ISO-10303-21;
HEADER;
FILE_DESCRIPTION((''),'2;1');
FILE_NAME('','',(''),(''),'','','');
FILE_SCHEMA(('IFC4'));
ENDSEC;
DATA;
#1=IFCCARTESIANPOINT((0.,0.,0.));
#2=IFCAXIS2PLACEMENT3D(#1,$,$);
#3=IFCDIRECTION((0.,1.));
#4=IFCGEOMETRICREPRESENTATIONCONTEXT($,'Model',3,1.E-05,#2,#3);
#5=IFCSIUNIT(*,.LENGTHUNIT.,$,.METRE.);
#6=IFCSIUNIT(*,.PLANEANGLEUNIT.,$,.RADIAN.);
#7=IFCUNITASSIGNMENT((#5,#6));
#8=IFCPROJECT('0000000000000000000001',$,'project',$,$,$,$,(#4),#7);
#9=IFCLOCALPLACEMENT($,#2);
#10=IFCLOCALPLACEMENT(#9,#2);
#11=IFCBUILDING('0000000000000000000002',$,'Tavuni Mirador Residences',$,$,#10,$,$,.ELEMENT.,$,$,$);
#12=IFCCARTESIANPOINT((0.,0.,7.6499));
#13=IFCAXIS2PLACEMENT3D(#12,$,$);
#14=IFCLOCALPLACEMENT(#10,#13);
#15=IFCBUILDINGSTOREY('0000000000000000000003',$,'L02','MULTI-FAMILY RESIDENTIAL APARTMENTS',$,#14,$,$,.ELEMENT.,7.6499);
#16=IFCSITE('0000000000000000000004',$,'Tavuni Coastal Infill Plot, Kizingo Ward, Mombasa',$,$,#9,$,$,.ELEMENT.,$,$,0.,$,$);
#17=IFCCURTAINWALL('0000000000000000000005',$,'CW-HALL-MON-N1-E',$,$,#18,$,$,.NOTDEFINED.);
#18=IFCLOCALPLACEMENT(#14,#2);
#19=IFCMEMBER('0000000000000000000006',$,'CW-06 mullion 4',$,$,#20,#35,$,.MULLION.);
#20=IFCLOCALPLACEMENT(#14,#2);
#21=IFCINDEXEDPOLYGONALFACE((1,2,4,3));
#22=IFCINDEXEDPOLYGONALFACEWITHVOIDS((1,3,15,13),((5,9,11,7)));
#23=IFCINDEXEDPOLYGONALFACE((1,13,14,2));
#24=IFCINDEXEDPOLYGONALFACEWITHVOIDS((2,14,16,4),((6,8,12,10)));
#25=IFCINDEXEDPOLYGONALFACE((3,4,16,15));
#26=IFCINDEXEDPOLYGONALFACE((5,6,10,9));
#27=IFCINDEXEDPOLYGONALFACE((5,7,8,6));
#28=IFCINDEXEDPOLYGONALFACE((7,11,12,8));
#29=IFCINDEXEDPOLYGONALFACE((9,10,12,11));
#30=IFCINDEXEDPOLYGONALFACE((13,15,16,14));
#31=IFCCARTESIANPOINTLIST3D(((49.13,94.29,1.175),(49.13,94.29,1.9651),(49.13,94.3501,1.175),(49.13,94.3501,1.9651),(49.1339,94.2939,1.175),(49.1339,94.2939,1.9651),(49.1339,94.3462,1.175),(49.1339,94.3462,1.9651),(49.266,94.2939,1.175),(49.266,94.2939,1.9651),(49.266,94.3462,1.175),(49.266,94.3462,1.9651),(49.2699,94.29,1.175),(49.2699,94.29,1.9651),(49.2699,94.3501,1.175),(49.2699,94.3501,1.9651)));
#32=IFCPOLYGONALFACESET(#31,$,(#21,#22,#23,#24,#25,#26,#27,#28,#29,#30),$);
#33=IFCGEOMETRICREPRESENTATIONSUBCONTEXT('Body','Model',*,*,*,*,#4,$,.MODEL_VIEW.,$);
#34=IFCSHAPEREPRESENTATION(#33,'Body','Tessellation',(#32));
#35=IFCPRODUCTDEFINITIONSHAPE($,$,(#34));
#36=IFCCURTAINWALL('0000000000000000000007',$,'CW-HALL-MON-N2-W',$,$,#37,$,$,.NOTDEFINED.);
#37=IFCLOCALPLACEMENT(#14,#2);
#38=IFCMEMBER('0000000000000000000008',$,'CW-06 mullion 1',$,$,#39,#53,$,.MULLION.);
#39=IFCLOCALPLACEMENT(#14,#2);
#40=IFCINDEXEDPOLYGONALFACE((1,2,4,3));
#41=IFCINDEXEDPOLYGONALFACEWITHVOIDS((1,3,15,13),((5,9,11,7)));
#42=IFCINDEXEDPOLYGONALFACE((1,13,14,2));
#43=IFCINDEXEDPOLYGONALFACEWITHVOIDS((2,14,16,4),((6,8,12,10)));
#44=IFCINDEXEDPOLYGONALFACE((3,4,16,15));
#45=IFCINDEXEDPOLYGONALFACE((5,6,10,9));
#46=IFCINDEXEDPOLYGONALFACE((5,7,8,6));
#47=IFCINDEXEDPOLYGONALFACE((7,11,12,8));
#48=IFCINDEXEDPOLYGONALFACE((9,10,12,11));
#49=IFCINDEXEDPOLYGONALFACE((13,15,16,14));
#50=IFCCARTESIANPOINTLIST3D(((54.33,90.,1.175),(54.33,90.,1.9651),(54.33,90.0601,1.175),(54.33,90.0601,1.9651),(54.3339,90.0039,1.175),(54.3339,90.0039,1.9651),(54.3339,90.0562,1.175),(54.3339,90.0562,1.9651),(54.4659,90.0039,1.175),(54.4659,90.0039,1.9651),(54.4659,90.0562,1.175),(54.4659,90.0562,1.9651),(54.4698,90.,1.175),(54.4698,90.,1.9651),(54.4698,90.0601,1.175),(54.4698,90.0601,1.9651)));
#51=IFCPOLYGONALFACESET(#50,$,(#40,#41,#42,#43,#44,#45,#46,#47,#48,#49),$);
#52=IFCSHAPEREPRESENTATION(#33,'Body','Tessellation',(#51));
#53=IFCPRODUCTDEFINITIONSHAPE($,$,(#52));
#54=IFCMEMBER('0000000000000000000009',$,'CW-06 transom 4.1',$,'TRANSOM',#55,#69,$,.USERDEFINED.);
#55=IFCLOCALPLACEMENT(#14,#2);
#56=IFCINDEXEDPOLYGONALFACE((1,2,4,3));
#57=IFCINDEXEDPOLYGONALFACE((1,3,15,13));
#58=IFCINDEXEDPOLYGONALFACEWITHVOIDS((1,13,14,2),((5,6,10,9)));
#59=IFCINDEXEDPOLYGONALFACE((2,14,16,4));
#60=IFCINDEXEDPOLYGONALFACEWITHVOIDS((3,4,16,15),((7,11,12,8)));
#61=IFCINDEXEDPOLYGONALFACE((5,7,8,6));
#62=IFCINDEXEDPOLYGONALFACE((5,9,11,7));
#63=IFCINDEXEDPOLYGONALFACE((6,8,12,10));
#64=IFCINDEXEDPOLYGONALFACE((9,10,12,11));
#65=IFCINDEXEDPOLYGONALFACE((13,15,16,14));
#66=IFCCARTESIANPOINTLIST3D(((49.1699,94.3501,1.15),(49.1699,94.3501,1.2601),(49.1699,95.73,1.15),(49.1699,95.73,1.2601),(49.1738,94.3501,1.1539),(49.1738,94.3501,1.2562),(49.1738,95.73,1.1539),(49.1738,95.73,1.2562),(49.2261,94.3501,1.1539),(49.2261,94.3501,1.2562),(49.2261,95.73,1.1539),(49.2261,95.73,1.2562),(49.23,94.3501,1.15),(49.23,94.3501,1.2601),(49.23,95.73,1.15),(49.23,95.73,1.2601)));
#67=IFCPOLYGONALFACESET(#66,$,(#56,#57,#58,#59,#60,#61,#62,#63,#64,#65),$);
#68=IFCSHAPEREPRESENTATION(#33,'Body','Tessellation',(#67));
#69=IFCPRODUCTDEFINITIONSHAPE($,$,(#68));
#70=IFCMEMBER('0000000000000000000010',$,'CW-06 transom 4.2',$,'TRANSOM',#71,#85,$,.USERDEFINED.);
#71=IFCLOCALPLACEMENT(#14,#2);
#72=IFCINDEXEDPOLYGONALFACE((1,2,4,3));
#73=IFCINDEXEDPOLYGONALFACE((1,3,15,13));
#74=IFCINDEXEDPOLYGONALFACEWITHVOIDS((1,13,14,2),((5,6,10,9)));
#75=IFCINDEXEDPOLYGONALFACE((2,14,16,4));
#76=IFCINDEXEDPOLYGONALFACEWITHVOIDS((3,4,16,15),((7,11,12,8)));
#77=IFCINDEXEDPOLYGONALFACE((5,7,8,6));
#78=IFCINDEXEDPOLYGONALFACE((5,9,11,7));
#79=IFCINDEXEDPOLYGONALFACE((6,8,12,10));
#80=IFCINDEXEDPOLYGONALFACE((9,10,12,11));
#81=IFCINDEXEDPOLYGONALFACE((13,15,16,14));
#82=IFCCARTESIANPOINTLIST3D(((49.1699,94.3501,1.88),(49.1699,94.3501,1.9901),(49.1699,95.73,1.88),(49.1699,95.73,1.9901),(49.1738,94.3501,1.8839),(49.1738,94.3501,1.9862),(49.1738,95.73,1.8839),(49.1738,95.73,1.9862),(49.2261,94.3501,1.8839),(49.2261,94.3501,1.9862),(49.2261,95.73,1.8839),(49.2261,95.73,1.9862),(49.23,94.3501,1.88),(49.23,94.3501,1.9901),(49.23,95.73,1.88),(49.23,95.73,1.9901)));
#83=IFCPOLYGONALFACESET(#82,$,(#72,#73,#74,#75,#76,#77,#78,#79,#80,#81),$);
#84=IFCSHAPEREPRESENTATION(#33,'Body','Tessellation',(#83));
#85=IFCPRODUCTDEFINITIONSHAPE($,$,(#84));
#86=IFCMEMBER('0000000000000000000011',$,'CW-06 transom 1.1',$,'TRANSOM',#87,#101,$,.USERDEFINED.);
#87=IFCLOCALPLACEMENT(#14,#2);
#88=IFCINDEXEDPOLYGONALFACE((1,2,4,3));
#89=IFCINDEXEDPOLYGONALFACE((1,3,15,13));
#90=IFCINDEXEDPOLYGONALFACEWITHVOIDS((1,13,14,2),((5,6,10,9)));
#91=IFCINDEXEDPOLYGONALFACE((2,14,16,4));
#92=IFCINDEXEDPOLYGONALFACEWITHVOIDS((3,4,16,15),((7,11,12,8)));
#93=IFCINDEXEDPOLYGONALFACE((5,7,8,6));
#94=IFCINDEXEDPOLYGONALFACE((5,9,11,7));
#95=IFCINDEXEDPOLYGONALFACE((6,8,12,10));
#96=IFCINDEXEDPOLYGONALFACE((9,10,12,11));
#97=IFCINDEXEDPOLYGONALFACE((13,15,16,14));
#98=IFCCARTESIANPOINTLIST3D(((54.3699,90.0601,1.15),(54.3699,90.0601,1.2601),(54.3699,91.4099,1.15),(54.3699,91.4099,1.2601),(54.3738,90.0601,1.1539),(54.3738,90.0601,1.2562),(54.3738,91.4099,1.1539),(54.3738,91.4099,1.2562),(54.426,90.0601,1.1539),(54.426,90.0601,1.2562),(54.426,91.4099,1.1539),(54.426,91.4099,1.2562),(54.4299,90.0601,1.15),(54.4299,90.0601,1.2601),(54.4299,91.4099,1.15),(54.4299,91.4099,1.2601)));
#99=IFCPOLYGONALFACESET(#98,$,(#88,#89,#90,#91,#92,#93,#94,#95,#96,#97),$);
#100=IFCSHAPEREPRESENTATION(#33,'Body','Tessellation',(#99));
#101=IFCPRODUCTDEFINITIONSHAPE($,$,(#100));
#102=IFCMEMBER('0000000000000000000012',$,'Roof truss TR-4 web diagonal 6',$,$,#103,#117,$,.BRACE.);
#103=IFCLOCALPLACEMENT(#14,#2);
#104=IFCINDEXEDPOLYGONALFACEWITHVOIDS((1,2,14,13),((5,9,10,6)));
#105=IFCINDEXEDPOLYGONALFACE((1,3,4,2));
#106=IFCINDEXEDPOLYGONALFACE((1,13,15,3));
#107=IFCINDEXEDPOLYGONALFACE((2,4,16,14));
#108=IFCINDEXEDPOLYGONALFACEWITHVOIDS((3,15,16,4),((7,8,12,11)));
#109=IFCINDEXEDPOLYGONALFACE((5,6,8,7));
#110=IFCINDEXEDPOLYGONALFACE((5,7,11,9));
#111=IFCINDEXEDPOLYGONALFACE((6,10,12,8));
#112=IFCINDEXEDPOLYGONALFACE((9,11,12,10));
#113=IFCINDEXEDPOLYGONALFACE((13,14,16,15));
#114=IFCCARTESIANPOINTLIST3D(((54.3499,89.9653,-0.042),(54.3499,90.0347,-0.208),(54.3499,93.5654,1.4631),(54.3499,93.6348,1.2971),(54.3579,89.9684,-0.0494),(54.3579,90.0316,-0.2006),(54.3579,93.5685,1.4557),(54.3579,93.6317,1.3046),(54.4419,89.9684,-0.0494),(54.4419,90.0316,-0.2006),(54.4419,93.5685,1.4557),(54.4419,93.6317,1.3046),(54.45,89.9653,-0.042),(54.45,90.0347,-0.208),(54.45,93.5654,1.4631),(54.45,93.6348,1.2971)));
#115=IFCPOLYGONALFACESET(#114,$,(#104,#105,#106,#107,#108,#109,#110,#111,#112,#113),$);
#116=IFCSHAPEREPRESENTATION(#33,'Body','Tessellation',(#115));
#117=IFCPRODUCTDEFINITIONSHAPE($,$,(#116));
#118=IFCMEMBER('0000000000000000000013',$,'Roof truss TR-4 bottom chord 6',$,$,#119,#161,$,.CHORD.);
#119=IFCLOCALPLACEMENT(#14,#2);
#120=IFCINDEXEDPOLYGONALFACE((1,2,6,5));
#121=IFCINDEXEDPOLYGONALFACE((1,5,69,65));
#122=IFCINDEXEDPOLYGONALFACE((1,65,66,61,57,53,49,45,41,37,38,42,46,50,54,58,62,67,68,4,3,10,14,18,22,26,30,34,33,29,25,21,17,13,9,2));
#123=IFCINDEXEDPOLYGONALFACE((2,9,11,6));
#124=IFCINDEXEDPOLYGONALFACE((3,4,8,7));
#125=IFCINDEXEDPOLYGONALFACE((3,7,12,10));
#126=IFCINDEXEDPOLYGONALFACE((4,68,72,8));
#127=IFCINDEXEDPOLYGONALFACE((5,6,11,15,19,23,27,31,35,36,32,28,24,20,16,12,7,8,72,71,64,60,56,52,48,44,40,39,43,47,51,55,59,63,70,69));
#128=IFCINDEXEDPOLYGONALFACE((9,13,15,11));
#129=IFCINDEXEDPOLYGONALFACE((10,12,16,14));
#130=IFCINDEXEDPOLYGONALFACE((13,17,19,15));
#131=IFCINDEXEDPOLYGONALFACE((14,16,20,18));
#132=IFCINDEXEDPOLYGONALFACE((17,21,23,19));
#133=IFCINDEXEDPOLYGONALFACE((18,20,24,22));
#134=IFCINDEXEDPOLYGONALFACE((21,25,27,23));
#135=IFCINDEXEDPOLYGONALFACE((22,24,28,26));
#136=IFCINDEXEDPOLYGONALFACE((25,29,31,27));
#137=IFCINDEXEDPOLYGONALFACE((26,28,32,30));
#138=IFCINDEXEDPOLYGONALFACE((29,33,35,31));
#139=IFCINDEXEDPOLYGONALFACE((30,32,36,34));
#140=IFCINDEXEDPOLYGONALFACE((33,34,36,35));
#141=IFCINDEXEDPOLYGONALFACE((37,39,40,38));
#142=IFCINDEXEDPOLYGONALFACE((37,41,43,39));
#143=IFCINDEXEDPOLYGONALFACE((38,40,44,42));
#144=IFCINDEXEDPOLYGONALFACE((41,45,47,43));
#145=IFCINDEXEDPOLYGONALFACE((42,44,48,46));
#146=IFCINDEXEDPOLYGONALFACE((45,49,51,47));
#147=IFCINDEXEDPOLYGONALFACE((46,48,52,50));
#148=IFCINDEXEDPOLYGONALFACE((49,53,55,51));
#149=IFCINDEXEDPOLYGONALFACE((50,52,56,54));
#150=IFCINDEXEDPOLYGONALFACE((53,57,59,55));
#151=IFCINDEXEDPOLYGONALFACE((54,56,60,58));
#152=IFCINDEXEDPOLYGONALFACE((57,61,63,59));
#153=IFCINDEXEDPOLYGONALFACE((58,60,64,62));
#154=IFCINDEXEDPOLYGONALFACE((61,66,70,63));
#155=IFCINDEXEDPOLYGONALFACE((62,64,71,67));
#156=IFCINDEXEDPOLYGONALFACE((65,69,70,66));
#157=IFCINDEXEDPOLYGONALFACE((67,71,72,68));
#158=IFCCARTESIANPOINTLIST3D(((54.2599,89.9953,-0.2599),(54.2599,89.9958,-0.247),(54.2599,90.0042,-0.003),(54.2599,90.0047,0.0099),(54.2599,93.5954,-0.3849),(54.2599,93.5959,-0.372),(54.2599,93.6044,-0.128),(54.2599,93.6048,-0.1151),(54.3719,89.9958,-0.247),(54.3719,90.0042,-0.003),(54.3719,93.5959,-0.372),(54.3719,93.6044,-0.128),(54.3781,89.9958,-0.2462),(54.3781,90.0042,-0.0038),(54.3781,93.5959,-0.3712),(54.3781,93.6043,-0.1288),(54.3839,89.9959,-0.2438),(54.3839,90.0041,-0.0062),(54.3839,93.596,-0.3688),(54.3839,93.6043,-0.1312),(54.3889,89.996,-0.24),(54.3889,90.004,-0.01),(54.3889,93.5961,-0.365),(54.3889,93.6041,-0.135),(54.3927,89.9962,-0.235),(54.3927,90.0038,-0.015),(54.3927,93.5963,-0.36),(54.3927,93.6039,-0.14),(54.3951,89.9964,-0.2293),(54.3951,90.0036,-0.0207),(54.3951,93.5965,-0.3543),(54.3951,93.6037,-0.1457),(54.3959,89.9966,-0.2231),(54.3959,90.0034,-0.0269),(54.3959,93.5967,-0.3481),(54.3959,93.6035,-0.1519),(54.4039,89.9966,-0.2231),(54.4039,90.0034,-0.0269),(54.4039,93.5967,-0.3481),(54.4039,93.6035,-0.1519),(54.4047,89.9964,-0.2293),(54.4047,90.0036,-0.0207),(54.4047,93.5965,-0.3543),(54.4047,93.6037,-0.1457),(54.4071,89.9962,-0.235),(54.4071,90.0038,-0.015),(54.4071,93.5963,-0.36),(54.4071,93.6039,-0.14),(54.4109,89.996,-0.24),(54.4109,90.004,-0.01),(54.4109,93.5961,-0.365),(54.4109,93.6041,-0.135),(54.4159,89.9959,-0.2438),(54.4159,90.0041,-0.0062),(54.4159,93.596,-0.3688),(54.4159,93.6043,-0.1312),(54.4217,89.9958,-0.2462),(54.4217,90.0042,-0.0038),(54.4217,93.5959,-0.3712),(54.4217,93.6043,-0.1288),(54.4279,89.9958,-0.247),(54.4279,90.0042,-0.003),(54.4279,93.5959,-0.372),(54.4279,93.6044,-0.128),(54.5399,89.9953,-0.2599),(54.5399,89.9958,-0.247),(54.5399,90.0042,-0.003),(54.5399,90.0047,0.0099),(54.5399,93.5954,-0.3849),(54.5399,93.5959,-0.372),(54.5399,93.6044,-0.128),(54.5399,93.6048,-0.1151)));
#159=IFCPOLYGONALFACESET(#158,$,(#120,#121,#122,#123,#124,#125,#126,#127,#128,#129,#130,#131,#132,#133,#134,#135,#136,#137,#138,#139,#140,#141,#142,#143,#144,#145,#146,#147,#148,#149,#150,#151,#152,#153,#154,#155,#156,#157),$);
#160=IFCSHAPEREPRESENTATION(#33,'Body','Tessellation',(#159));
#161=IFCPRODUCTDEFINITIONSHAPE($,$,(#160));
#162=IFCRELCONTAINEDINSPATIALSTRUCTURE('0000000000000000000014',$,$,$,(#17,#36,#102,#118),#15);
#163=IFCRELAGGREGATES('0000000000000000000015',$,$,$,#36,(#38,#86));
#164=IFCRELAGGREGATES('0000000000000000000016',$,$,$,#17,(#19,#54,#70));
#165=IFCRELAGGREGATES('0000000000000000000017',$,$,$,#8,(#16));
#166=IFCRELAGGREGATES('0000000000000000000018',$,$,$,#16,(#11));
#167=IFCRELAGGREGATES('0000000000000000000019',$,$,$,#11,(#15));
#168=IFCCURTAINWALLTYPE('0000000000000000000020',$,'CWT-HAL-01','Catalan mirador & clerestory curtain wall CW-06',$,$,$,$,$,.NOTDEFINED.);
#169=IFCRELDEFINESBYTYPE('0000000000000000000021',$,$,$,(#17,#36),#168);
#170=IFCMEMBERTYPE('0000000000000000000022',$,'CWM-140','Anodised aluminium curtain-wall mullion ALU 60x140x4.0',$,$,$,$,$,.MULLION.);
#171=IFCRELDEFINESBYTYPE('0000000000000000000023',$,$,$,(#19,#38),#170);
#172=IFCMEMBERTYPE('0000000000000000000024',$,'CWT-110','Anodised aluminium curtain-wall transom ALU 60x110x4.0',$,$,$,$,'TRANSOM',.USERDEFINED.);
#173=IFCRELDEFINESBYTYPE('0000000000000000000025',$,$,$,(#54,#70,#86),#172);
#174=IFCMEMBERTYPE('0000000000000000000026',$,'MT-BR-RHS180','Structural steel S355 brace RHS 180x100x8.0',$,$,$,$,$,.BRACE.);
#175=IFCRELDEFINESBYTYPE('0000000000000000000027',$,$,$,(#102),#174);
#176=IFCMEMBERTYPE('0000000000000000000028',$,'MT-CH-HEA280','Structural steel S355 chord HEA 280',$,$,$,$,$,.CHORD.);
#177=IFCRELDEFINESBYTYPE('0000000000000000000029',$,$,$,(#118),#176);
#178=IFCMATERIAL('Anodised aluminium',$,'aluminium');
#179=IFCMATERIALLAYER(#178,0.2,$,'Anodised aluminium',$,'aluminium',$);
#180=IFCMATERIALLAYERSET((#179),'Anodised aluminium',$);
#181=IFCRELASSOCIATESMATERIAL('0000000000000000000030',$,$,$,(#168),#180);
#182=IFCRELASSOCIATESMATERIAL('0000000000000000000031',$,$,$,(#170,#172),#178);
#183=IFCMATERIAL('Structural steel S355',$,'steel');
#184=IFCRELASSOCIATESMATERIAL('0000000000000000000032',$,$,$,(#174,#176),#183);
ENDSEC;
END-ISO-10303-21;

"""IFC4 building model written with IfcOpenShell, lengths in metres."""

from ifc_helpers import new_model, si_unit, direction, frame, origin, origin_2d, place, context, subcontext, project, spatial, hollow_rectangle, i_section, extrude, material, layer, layer_set, material_profile, profile_set, type_object, element, aggregate, save


model = new_model("IFC4")

# Units and contexts
model_context = context("Model", 3, precision=1e-05, world=origin(), true_north=direction((0.0, 1.0)))
body_context = subcontext(model_context, "Body", "Model", "MODEL_VIEW")
ifc_project = project(units=[si_unit("LENGTHUNIT", "METRE"), si_unit("PLANEANGLEUNIT", "RADIAN")], contexts=[model_context])

# Site, building, storey
site_placement = place(None, origin())
site = spatial("IfcSite", under=ifc_project, at=site_placement, Name="Tavuni Coastal Infill Plot, Kizingo Ward, Mombasa", CompositionType="ELEMENT", RefElevation=0.0)
building_placement = place(site_placement, origin())
building = spatial("IfcBuilding", under=site, at=building_placement, Name="Tavuni Mirador Residences", CompositionType="ELEMENT")
storey_placement = place(building_placement, frame((0.0, 0.0, 7.6499)))
storey = spatial("IfcBuildingStorey", under=building, at=storey_placement, Name="L02", Description="MULTI-FAMILY RESIDENTIAL APARTMENTS", CompositionType="ELEMENT", Elevation=7.6499)

# Curtain walls, members
ifc_material_1 = material(Name="Anodised aluminium", Category="aluminium")
ifc_layer_1 = layer(ifc_material_1, 0.2, Name="Anodised aluminium", Category="aluminium")
ifc_layer_set_1 = layer_set([ifc_layer_1], Name="Anodised aluminium")
curtain_wall_type = type_object("IfcCurtainWallType", Name="CWT-HAL-01", Description="Catalan mirador & clerestory curtain wall CW-06", PredefinedType="NOTDEFINED", material=ifc_layer_set_1)
curtain_wall_1_placement = place(storey_placement, origin())
curtain_wall_1 = element("IfcCurtainWall", 1, at=curtain_wall_1_placement, inside=storey, type_object=curtain_wall_type, Name="CW-HALL-MON-N1-E", PredefinedType="NOTDEFINED")
ifc_material_profile_1 = material_profile(ifc_material_1, hollow_rectangle(XDim=0.0601, YDim=0.1399, WallThickness=0.0039, at=origin_2d()), Name="ALU 60x140x4.0", Category="aluminium")
ifc_profile_set_1 = profile_set([ifc_material_profile_1], Name="Anodised aluminium")
member_type_1 = type_object("IfcMemberType", Name="CWM-140", Description="Anodised aluminium curtain-wall mullion ALU 60x140x4.0", PredefinedType="MULLION", material=ifc_profile_set_1)
member_1_placement = place(storey_placement, frame((49.2, 94.3201, 1.175), z_axis=(0.0, 0.0, 1.0), x_axis=(0.0, 1.0, 0.0)))
member_1 = element("IfcMember", 2, at=member_1_placement, type_object=member_type_1, Name="CW-06 mullion 4", PredefinedType="MULLION", context=body_context, shape_type="SweptSolid", body=[
    extrude(hollow_rectangle(XDim=0.0601, YDim=0.1399, WallThickness=0.0039, at=origin_2d()), origin(), (0.0, 0.0, 1.0), 0.79),
])
curtain_wall_2_placement = place(storey_placement, origin())
curtain_wall_2 = element("IfcCurtainWall", 3, at=curtain_wall_2_placement, inside=storey, type_object=curtain_wall_type, Name="CW-HALL-MON-N2-W", PredefinedType="NOTDEFINED")
member_2_placement = place(storey_placement, frame((54.3999, 90.03, 1.175), z_axis=(0.0, 0.0, 1.0), x_axis=(0.0, 1.0, 0.0)))
member_2 = element("IfcMember", 4, at=member_2_placement, type_object=member_type_1, Name="CW-06 mullion 1", PredefinedType="MULLION", context=body_context, shape_type="SweptSolid", body=[
    extrude(hollow_rectangle(XDim=0.0601, YDim=0.1399, WallThickness=0.0039, at=origin_2d()), origin(), (0.0, 0.0, 1.0), 0.79),
])

# Members
ifc_material_profile_2 = material_profile(ifc_material_1, hollow_rectangle(XDim=0.0601, YDim=0.1101, WallThickness=0.0039, at=origin_2d()), Name="ALU 60x110x4.0", Category="aluminium")
ifc_profile_set_2 = profile_set([ifc_material_profile_2], Name="Anodised aluminium")
member_type_2 = type_object("IfcMemberType", Name="CWT-110", Description="Anodised aluminium curtain-wall transom ALU 60x110x4.0", ElementType="TRANSOM", PredefinedType="USERDEFINED", material=ifc_profile_set_2)
member_3_placement = place(storey_placement, frame((49.2, 94.3501, 1.2051), z_axis=(0.0, 1.0, 0.0), x_axis=(-1.0, 0.0, 0.0)))
member_3 = element("IfcMember", 5, at=member_3_placement, type_object=member_type_2, Name="CW-06 transom 4.1", ObjectType="TRANSOM", PredefinedType="USERDEFINED", context=body_context, shape_type="SweptSolid", body=[
    extrude(hollow_rectangle(XDim=0.0601, YDim=0.1101, WallThickness=0.0039, at=origin_2d()), origin(), (0.0, 0.0, 1.0), 1.3799),
])
member_4_placement = place(storey_placement, frame((49.2, 94.3501, 1.9351), z_axis=(0.0, 1.0, 0.0), x_axis=(-1.0, 0.0, 0.0)))
member_4 = element("IfcMember", 6, at=member_4_placement, type_object=member_type_2, Name="CW-06 transom 4.2", ObjectType="TRANSOM", PredefinedType="USERDEFINED", context=body_context, shape_type="SweptSolid", body=[
    extrude(hollow_rectangle(XDim=0.0601, YDim=0.1101, WallThickness=0.0039, at=origin_2d()), origin(), (0.0, 0.0, 1.0), 1.3799),
])
member_5_placement = place(storey_placement, frame((54.3999, 90.0601, 1.2051), z_axis=(0.0, 1.0, 0.0), x_axis=(-1.0, 0.0, 0.0)))
member_5 = element("IfcMember", 7, at=member_5_placement, type_object=member_type_2, Name="CW-06 transom 1.1", ObjectType="TRANSOM", PredefinedType="USERDEFINED", context=body_context, shape_type="SweptSolid", body=[
    extrude(hollow_rectangle(XDim=0.0601, YDim=0.1101, WallThickness=0.0039, at=origin_2d()), origin(), (0.0, 0.0, 1.0), 1.3499),
])
aggregate(curtain_wall_2, [member_2, member_5])

# Members
ifc_material_2 = material(Name="Structural steel S355", Category="steel")
ifc_material_profile_3 = material_profile(ifc_material_2, hollow_rectangle(XDim=0.1001, YDim=0.1799, WallThickness=0.0081, at=origin_2d()), Name="RHS 180x100x8.0", Category="steel")
ifc_profile_set_3 = profile_set([ifc_material_profile_3], Name="Structural steel S355")
member_type_3 = type_object("IfcMemberType", Name="MT-BR-RHS180", Description="Structural steel S355 brace RHS 180x100x8.0", PredefinedType="BRACE", material=ifc_profile_set_3)
member_6_placement = place(storey_placement, frame((54.3999, 90.0, -0.125), z_axis=(0.0, 0.922613, 0.385726), x_axis=(-1.0, 0.0, 0.0)))
element("IfcMember", 8, at=member_6_placement, inside=storey, type_object=member_type_3, Name="Roof truss TR-4 web diagonal 6", PredefinedType="BRACE", context=body_context, shape_type="SweptSolid", body=[
    extrude(hollow_rectangle(XDim=0.1001, YDim=0.1799, WallThickness=0.0081, at=origin_2d()), origin(), (0.0, 0.0, 1.0), 3.9021),
])
ifc_material_profile_4 = material_profile(ifc_material_2, i_section(OverallWidth=0.28, OverallDepth=0.27, WebThickness=0.0081, FlangeThickness=0.0129, FilletRadius=0.0239, at=origin_2d()), Name="HEA 280", Category="steel")
ifc_profile_set_4 = profile_set([ifc_material_profile_4], Name="Structural steel S355")
member_type_4 = type_object("IfcMemberType", Name="MT-CH-HEA280", Description="Structural steel S355 chord HEA 280", PredefinedType="CHORD", material=ifc_profile_set_4)
member_7_placement = place(storey_placement, frame((54.3999, 90.0, -0.125), z_axis=(0.0, 0.999398, -0.0347), x_axis=(-1.0, 0.0, 0.0)))
element("IfcMember", 9, at=member_7_placement, inside=storey, type_object=member_type_4, Name="Roof truss TR-4 bottom chord 6", PredefinedType="CHORD", context=body_context, shape_type="SweptSolid", body=[
    extrude(i_section(OverallWidth=0.28, OverallDepth=0.27, WebThickness=0.0081, FlangeThickness=0.0129, FilletRadius=0.0239, at=origin_2d()), origin(), (0.0, 0.0, 1.0), 3.6023),
])

aggregate(curtain_wall_1, [member_1, member_3, member_4])

save(model, "model.ifc")
